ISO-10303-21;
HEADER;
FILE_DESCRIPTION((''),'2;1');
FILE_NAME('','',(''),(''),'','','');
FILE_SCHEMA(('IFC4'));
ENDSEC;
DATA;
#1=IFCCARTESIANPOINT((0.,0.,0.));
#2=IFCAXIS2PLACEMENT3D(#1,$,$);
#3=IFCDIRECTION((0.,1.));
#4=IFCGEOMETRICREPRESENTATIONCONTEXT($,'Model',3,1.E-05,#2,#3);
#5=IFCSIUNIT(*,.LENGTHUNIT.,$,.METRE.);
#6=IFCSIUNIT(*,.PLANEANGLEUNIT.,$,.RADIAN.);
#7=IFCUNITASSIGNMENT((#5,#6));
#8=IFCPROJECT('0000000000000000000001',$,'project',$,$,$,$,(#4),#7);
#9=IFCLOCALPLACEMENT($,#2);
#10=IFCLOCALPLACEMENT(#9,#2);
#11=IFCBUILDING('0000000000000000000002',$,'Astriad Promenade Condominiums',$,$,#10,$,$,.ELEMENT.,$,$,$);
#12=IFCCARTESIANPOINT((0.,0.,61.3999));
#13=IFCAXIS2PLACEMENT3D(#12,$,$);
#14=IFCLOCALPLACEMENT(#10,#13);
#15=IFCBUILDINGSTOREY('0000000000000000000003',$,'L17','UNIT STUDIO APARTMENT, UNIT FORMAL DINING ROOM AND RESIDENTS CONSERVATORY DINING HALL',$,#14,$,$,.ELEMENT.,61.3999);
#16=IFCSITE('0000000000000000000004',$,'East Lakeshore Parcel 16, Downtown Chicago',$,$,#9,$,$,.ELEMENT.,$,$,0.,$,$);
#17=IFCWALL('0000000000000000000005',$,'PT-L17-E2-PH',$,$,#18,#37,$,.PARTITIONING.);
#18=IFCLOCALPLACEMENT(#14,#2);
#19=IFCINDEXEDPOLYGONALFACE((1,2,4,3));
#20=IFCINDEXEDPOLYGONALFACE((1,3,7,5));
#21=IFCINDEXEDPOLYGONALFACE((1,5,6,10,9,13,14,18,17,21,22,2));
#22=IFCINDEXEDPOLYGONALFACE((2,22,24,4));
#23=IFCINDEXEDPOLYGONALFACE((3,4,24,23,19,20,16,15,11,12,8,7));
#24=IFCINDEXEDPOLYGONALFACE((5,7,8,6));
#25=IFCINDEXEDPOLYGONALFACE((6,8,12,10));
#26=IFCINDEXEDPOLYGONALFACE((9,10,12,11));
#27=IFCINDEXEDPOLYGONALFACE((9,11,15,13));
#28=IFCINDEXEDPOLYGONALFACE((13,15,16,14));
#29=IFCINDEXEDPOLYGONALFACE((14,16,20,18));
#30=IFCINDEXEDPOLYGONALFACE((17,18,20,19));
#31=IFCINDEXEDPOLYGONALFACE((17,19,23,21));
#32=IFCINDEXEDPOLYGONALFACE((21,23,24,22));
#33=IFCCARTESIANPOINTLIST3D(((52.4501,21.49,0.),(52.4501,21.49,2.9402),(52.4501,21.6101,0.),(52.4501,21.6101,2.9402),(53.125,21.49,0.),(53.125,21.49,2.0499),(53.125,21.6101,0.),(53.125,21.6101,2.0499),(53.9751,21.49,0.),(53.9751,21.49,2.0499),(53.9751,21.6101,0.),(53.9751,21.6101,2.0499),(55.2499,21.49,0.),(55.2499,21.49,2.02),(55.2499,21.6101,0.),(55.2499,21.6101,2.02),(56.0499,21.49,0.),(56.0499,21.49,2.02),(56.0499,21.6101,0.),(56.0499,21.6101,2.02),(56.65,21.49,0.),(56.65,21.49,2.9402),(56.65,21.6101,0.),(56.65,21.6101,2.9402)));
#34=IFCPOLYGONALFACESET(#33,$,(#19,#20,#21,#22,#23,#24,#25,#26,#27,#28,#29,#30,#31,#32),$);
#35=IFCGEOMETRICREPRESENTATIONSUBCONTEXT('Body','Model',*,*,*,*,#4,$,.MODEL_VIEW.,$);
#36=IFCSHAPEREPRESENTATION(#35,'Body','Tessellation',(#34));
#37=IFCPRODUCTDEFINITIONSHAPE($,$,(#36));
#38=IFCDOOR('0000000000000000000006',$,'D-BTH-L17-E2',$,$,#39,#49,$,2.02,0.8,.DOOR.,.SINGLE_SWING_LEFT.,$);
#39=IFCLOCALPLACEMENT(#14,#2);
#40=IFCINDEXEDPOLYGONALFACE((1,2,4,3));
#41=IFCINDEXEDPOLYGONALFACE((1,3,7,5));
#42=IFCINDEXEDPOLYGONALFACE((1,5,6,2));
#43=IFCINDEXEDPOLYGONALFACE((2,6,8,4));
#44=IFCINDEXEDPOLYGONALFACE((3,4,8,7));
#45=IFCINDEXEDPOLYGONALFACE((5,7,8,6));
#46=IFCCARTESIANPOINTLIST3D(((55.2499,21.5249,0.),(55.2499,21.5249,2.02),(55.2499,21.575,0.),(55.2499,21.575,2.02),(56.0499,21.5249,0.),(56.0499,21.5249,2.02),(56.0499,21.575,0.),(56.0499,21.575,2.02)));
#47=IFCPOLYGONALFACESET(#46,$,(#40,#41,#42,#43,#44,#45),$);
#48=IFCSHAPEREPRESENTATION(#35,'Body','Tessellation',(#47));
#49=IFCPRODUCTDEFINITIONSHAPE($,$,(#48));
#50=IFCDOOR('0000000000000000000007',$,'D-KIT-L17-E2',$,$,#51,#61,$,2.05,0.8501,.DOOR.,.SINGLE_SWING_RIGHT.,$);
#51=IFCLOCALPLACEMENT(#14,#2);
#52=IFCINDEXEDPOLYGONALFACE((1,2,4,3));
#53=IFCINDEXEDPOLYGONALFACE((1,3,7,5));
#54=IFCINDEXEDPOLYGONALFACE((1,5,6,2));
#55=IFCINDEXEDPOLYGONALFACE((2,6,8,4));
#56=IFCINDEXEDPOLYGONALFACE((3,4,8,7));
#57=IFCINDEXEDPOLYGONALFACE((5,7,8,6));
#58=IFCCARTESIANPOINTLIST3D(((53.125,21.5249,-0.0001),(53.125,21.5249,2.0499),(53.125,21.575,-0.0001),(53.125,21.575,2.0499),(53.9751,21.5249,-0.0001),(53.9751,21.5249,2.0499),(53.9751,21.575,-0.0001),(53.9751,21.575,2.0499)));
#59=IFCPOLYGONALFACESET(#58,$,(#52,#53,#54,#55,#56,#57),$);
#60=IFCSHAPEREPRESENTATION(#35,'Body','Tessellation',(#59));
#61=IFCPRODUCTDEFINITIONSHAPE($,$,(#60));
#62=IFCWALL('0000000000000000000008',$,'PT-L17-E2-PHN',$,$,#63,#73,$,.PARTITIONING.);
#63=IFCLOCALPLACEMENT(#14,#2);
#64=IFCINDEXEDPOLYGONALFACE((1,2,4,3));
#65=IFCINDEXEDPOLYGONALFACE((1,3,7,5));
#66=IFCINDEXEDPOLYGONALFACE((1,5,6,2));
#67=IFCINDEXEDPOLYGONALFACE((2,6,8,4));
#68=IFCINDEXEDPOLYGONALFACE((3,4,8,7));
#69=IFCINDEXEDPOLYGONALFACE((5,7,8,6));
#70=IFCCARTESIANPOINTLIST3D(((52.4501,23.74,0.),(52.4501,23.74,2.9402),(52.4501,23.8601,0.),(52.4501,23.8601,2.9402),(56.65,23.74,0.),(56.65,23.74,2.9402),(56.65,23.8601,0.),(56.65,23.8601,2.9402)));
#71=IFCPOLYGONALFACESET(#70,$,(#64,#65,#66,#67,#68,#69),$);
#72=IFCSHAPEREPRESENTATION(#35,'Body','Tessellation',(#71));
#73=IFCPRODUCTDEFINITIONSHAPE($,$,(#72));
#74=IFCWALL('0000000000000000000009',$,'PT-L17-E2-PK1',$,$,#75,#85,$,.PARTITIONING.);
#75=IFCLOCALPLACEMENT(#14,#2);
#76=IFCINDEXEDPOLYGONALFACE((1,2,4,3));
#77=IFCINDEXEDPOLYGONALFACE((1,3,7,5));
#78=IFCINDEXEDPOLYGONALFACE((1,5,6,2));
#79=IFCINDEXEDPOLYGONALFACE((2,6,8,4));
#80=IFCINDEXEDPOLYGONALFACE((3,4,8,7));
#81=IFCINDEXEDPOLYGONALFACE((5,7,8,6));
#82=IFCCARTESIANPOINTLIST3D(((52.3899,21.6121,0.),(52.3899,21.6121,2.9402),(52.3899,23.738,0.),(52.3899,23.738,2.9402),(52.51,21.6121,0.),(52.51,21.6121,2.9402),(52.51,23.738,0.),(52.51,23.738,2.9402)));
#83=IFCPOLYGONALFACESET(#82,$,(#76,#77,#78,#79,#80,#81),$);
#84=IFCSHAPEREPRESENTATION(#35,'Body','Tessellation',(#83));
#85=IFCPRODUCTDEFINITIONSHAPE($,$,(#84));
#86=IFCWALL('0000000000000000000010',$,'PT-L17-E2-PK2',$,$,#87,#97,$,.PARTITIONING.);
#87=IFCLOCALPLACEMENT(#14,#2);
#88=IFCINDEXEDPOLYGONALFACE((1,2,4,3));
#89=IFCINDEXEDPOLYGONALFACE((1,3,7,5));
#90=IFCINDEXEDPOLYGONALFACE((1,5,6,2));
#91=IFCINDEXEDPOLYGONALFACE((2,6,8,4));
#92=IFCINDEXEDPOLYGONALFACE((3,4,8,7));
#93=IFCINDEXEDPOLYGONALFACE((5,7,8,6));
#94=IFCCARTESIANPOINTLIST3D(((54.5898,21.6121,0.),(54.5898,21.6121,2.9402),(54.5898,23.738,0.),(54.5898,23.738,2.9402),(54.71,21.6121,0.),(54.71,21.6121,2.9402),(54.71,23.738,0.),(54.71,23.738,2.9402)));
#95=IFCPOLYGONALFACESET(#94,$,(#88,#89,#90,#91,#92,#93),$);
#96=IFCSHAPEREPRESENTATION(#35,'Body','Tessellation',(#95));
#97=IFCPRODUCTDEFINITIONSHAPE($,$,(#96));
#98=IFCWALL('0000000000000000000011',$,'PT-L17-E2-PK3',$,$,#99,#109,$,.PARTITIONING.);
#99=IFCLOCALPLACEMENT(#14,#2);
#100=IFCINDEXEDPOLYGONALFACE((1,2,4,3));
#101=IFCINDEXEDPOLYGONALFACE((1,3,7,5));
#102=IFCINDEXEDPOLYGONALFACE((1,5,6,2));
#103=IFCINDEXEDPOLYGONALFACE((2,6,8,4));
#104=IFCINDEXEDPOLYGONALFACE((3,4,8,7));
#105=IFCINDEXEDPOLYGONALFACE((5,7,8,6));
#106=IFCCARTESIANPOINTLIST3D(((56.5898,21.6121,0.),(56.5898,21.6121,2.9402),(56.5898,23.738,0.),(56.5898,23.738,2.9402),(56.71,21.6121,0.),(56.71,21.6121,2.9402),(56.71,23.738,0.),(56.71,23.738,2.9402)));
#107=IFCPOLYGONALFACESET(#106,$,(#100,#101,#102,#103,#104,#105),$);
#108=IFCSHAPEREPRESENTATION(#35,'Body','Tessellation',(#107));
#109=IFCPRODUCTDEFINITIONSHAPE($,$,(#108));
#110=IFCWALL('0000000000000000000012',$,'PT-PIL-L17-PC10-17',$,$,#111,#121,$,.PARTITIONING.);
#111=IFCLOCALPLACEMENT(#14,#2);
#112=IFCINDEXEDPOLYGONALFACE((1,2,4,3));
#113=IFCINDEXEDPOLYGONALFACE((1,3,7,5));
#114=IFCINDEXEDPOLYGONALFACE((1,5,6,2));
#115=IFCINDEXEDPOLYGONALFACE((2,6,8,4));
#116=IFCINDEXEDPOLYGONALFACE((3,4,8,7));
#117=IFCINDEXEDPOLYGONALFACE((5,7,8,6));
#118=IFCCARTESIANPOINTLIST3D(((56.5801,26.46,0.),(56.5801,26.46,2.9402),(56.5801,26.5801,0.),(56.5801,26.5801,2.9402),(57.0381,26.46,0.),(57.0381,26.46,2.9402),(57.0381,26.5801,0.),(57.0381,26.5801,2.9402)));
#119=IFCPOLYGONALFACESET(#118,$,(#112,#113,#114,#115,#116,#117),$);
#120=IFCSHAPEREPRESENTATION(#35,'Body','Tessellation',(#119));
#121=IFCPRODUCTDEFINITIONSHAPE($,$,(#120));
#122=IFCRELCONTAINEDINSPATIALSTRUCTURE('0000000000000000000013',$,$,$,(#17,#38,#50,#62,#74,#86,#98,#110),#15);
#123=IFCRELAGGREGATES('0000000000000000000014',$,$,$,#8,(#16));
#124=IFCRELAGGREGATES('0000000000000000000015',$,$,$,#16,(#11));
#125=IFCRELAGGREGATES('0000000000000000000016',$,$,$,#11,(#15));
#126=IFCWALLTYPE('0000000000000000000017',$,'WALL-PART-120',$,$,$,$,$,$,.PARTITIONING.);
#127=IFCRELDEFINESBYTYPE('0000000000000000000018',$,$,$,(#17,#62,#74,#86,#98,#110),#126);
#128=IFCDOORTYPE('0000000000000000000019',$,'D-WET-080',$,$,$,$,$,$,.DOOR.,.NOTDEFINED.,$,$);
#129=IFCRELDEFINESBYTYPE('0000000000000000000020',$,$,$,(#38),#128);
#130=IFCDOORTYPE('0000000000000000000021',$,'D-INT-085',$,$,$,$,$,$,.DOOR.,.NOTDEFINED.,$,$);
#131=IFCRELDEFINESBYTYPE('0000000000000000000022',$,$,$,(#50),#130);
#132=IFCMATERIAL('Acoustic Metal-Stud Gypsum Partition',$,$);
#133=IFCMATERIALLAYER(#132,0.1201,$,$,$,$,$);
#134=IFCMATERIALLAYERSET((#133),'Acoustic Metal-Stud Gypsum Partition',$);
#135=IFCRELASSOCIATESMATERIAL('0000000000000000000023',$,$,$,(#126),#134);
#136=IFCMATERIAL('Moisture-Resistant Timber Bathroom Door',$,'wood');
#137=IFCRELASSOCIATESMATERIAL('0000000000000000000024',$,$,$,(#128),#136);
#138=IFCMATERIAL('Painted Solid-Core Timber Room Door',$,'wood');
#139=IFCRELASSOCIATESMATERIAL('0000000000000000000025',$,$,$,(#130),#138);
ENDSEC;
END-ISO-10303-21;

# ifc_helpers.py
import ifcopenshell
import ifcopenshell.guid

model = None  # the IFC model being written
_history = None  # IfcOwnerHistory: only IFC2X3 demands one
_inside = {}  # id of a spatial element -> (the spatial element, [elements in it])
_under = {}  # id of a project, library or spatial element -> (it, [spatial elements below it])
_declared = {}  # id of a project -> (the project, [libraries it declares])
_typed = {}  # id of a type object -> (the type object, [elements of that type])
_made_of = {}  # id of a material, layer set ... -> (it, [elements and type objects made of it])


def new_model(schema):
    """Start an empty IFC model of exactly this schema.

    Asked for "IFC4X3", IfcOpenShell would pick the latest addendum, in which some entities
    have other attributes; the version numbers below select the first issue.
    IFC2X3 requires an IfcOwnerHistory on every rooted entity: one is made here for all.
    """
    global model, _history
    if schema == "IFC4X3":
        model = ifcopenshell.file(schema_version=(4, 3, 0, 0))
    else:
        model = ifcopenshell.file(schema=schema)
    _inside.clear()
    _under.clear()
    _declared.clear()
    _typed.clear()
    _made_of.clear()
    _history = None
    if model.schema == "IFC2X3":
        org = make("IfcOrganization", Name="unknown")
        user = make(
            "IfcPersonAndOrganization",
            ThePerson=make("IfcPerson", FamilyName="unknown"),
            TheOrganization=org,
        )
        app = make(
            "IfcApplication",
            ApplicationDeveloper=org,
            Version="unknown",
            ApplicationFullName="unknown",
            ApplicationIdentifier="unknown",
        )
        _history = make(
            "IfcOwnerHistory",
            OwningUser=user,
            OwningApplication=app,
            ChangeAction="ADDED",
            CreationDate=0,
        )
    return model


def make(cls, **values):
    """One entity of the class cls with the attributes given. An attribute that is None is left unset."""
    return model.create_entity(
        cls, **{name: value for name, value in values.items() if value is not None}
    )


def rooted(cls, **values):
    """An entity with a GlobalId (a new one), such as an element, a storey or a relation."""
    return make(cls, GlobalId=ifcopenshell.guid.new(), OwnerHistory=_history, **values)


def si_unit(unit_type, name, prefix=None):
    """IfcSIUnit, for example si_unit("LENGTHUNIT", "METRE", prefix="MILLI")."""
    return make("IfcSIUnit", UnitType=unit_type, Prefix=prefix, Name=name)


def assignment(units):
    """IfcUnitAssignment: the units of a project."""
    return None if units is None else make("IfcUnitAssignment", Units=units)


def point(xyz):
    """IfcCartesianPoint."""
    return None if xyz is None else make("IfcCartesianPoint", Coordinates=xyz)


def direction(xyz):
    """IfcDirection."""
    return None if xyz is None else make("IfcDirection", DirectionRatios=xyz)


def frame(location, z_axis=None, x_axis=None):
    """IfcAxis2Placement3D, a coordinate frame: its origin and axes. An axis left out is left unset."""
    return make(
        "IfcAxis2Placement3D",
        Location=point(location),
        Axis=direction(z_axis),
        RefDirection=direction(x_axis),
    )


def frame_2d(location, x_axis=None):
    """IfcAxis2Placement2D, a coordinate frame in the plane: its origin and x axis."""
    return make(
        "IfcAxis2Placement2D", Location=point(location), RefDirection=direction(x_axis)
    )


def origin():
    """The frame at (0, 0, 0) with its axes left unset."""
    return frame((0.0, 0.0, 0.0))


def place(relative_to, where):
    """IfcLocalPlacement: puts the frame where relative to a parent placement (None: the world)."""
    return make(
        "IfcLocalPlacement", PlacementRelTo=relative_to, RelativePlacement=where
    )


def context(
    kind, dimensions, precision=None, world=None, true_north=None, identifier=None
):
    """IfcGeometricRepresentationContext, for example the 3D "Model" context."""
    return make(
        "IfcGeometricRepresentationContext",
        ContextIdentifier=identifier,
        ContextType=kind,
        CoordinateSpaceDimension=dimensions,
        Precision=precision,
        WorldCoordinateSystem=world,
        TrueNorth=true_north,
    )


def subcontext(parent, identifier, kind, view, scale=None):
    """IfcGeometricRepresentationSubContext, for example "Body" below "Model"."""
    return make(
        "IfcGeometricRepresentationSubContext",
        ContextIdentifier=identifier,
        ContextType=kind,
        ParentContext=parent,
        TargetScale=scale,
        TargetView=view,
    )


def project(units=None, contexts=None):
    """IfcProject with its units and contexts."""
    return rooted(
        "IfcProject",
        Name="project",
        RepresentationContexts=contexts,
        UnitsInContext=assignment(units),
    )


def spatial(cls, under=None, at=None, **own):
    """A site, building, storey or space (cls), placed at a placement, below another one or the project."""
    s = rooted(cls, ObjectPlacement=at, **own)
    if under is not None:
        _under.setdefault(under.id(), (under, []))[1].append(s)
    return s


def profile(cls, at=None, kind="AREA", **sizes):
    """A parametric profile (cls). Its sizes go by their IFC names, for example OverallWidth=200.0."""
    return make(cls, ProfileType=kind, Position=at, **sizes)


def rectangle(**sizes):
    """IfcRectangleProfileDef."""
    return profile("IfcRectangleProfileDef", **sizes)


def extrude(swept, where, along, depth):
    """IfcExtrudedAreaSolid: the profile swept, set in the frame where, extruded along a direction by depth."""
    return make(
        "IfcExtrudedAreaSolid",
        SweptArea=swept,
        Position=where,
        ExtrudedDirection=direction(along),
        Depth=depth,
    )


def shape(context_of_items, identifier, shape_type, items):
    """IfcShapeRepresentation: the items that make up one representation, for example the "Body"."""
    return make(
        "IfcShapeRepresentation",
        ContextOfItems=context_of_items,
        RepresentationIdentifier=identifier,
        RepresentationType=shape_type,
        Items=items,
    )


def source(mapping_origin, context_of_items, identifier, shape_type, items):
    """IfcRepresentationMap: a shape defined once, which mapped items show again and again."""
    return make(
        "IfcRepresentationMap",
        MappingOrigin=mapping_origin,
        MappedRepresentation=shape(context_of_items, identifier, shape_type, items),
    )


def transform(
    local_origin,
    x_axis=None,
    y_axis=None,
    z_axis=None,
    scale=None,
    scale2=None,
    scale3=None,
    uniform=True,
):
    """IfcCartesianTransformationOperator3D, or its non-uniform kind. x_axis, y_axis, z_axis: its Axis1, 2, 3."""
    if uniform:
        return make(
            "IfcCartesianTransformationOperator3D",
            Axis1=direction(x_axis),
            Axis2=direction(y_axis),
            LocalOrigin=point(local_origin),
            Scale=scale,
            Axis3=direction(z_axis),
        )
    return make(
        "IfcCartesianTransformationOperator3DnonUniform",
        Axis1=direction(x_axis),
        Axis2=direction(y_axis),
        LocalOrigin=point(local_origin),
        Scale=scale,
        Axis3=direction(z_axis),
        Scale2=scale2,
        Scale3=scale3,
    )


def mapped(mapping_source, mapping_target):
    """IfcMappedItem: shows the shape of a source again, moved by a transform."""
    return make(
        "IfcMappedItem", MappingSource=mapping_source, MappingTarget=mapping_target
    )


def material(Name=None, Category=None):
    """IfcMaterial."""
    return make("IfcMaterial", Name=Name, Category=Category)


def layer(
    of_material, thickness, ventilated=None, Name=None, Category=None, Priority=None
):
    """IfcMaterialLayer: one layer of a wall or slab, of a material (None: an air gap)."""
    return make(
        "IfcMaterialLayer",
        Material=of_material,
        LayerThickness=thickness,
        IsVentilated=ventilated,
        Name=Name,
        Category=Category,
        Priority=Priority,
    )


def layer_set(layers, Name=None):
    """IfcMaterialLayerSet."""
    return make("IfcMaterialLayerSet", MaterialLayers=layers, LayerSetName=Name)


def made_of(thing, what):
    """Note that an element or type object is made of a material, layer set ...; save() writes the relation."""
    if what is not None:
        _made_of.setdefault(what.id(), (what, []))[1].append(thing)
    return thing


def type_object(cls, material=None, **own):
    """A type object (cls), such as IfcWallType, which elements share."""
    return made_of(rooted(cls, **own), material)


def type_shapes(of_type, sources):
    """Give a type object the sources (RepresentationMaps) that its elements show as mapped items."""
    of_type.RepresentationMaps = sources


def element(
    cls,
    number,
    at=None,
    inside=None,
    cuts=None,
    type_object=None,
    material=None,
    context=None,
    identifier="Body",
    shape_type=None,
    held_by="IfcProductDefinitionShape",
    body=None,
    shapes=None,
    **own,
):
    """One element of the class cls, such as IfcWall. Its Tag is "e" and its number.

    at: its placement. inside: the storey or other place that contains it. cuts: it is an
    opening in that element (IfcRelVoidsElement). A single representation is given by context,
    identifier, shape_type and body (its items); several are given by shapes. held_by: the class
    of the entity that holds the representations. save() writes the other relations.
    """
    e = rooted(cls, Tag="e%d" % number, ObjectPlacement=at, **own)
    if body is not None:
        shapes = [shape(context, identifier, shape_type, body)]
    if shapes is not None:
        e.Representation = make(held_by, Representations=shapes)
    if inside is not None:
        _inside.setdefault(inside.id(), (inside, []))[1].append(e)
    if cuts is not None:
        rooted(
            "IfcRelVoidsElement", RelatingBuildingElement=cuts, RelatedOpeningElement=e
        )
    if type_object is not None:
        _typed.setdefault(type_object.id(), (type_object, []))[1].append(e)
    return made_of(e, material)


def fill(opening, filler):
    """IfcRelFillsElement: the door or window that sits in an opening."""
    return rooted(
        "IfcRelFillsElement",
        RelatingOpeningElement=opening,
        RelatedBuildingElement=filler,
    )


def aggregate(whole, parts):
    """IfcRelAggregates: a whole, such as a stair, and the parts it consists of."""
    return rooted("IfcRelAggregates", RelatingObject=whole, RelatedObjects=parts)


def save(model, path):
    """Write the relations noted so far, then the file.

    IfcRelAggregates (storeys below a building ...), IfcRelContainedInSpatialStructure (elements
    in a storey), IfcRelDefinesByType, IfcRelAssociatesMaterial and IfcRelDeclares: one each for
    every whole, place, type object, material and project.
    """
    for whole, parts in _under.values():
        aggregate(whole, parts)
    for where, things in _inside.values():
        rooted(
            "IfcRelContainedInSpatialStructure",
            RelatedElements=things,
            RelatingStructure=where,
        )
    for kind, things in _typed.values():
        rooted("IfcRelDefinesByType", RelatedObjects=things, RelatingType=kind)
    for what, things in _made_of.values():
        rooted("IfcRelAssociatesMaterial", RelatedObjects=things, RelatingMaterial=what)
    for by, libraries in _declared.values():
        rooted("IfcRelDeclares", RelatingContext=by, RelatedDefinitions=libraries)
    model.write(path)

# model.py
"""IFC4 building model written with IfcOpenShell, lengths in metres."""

from ifc_helpers import new_model, si_unit, direction, frame, frame_2d, origin, place, context, subcontext, project, spatial, rectangle, extrude, source, transform, mapped, material, layer, layer_set, type_object, type_shapes, element, fill, save


model = new_model("IFC4")

# Units and contexts
model_context = context("Model", 3, precision=1e-05, world=origin(), true_north=direction((0.0, 1.0)))
body_context = subcontext(model_context, "Body", "Model", "MODEL_VIEW")
ifc_project = project(units=[si_unit("LENGTHUNIT", "METRE"), si_unit("PLANEANGLEUNIT", "RADIAN")], contexts=[model_context])

# Site, building, storey
site_placement = place(None, origin())
site = spatial("IfcSite", under=ifc_project, at=site_placement, Name="East Lakeshore Parcel 16, Downtown Chicago", CompositionType="ELEMENT", RefElevation=0.0)
building_placement = place(site_placement, origin())
building = spatial("IfcBuilding", under=site, at=building_placement, Name="Astriad Promenade Condominiums", CompositionType="ELEMENT")
storey_placement = place(building_placement, frame((0.0, 0.0, 61.3999)))
storey = spatial("IfcBuildingStorey", under=building, at=storey_placement, Name="L17", Description="UNIT STUDIO APARTMENT, UNIT FORMAL DINING ROOM AND RESIDENTS CONSERVATORY DINING HALL", CompositionType="ELEMENT", Elevation=61.3999)

# Shared definitions
ifc_material_1 = material(Name="Acoustic Metal-Stud Gypsum Partition")
ifc_layer_1 = layer(ifc_material_1, 0.1201)
ifc_layer_set_1 = layer_set([ifc_layer_1], Name="Acoustic Metal-Stud Gypsum Partition")
wall_type_1 = type_object("IfcWallType", Name="WALL-PART-120", PredefinedType="PARTITIONING", material=ifc_layer_set_1)

# Wall, openings, doors
wall_1_placement = place(storey_placement, frame((52.45, 21.55, 0.0), z_axis=(0.0, 0.0, 1.0), x_axis=(1.0, 0.0, 0.0)))
wall_1 = element("IfcWall", 1, at=wall_1_placement, inside=storey, type_object=wall_type_1, Name="PT-L17-E2-PH", PredefinedType="PARTITIONING", context=body_context, shape_type="SweptSolid", body=[
    extrude(rectangle(XDim=4.2, YDim=0.1201, at=frame_2d((2.1001, 0.0))), origin(), (0.0, 0.0, 1.0), 2.9402),
])
opening_1_placement = place(wall_1_placement, frame((0.675, 0.0, 0.0)))
opening_1 = element("IfcOpeningElement", 2, at=opening_1_placement, cuts=wall_1, PredefinedType="OPENING", context=body_context, shape_type="SweptSolid", body=[
    extrude(rectangle(XDim=0.8501, YDim=2.05, at=frame_2d((0.425, 1.0249))), frame((0.0, 0.0701, 0.0), z_axis=(0.0, -1.0, 0.0), x_axis=(1.0, 0.0, 0.0)), (0.0, 0.0, 1.0), 0.1401),
])
opening_2_placement = place(wall_1_placement, frame((2.8, 0.0, 0.0)))
opening_2 = element("IfcOpeningElement", 3, at=opening_2_placement, cuts=wall_1, PredefinedType="OPENING", context=body_context, shape_type="SweptSolid", body=[
    extrude(rectangle(XDim=0.8, YDim=2.02, at=frame_2d((0.3999, 1.01))), frame((0.0, 0.0701, 0.0), z_axis=(0.0, -1.0, 0.0), x_axis=(1.0, 0.0, 0.0)), (0.0, 0.0, 1.0), 0.1401),
])
ifc_material_2 = material(Name="Moisture-Resistant Timber Bathroom Door", Category="wood")
door_type_1 = type_object("IfcDoorType", Name="D-WET-080", OperationType="NOTDEFINED", PredefinedType="DOOR", material=ifc_material_2)
shared_shape_1 = source(origin(), body_context, "Body", "SweptSolid", [
    extrude(rectangle(XDim=0.8, YDim=2.02, at=frame_2d((0.3999, 1.01))), frame((0.0, 0.0249, 0.0), z_axis=(0.0, -1.0, 0.0), x_axis=(1.0, 0.0, 0.0)), (0.0, 0.0, 1.0), 0.05),
])
type_shapes(door_type_1, [shared_shape_1])
door_1_placement = place(opening_2_placement, origin())
door_1 = element("IfcDoor", 4, at=door_1_placement, inside=storey, type_object=door_type_1, Name="D-BTH-L17-E2", OperationType="SINGLE_SWING_LEFT", OverallHeight=2.02, OverallWidth=0.8, PredefinedType="DOOR", context=body_context, shape_type="MappedRepresentation", body=[
    mapped(shared_shape_1, transform((0.0, 0.0, 0.0), scale=1.0)),
])
fill(opening_2, door_1)
ifc_material_3 = material(Name="Painted Solid-Core Timber Room Door", Category="wood")
door_type_2 = type_object("IfcDoorType", Name="D-INT-085", OperationType="NOTDEFINED", PredefinedType="DOOR", material=ifc_material_3)
shared_shape_2 = source(origin(), body_context, "Body", "SweptSolid", [
    extrude(rectangle(XDim=0.8501, YDim=2.05, at=frame_2d((0.425, 1.0249))), frame((0.0, 0.0249, 0.0), z_axis=(0.0, -1.0, 0.0), x_axis=(1.0, 0.0, 0.0)), (0.0, 0.0, 1.0), 0.05),
])
type_shapes(door_type_2, [shared_shape_2])
door_2_placement = place(opening_1_placement, origin())
door_2 = element("IfcDoor", 5, at=door_2_placement, inside=storey, type_object=door_type_2, Name="D-KIT-L17-E2", OperationType="SINGLE_SWING_RIGHT", OverallHeight=2.05, OverallWidth=0.8501, PredefinedType="DOOR", context=body_context, shape_type="MappedRepresentation", body=[
    mapped(shared_shape_2, transform((0.0, 0.0, 0.0), scale=1.0)),
])
fill(opening_1, door_2)

# Walls
wall_2_placement = place(storey_placement, frame((52.45, 23.8, 0.0), z_axis=(0.0, 0.0, 1.0), x_axis=(1.0, 0.0, 0.0)))
element("IfcWall", 6, at=wall_2_placement, inside=storey, type_object=wall_type_1, Name="PT-L17-E2-PHN", PredefinedType="PARTITIONING", context=body_context, shape_type="SweptSolid", body=[
    extrude(rectangle(XDim=4.2, YDim=0.1201, at=frame_2d((2.1001, 0.0))), origin(), (0.0, 0.0, 1.0), 2.9402),
])
for number, where, z_axis, x_axis, name in (
    (7, (52.45, 21.6121, 0.0), (0.0, 0.0, 1.0), (0.0, 1.0, 0.0), "PT-L17-E2-PK1"),
    (8, (54.6499, 21.6121, 0.0), (0.0, 0.0, 1.0), (0.0, 1.0, 0.0), "PT-L17-E2-PK2"),
    (9, (56.6499, 21.6121, 0.0), (0.0, 0.0, 1.0), (0.0, 1.0, 0.0), "PT-L17-E2-PK3"),
):
    element("IfcWall", number, at=place(storey_placement, frame(where, z_axis=z_axis, x_axis=x_axis)), inside=storey, type_object=wall_type_1, Name=name, PredefinedType="PARTITIONING", context=body_context, shape_type="SweptSolid", body=[
        extrude(rectangle(XDim=2.126, YDim=0.1201, at=frame_2d((1.063, 0.0))), origin(), (0.0, 0.0, 1.0), 2.9402),
    ])
wall_3_placement = place(storey_placement, frame((56.5801, 26.52, 0.0), z_axis=(0.0, 0.0, 1.0), x_axis=(1.0, 0.0, 0.0)))
element("IfcWall", 10, at=wall_3_placement, inside=storey, type_object=wall_type_1, Name="PT-PIL-L17-PC10-17", PredefinedType="PARTITIONING", context=body_context, shape_type="SweptSolid", body=[
    extrude(rectangle(XDim=0.458, YDim=0.1201, at=frame_2d((0.229, 0.0))), origin(), (0.0, 0.0, 1.0), 2.9402),
])

save(model, "model.ifc")
